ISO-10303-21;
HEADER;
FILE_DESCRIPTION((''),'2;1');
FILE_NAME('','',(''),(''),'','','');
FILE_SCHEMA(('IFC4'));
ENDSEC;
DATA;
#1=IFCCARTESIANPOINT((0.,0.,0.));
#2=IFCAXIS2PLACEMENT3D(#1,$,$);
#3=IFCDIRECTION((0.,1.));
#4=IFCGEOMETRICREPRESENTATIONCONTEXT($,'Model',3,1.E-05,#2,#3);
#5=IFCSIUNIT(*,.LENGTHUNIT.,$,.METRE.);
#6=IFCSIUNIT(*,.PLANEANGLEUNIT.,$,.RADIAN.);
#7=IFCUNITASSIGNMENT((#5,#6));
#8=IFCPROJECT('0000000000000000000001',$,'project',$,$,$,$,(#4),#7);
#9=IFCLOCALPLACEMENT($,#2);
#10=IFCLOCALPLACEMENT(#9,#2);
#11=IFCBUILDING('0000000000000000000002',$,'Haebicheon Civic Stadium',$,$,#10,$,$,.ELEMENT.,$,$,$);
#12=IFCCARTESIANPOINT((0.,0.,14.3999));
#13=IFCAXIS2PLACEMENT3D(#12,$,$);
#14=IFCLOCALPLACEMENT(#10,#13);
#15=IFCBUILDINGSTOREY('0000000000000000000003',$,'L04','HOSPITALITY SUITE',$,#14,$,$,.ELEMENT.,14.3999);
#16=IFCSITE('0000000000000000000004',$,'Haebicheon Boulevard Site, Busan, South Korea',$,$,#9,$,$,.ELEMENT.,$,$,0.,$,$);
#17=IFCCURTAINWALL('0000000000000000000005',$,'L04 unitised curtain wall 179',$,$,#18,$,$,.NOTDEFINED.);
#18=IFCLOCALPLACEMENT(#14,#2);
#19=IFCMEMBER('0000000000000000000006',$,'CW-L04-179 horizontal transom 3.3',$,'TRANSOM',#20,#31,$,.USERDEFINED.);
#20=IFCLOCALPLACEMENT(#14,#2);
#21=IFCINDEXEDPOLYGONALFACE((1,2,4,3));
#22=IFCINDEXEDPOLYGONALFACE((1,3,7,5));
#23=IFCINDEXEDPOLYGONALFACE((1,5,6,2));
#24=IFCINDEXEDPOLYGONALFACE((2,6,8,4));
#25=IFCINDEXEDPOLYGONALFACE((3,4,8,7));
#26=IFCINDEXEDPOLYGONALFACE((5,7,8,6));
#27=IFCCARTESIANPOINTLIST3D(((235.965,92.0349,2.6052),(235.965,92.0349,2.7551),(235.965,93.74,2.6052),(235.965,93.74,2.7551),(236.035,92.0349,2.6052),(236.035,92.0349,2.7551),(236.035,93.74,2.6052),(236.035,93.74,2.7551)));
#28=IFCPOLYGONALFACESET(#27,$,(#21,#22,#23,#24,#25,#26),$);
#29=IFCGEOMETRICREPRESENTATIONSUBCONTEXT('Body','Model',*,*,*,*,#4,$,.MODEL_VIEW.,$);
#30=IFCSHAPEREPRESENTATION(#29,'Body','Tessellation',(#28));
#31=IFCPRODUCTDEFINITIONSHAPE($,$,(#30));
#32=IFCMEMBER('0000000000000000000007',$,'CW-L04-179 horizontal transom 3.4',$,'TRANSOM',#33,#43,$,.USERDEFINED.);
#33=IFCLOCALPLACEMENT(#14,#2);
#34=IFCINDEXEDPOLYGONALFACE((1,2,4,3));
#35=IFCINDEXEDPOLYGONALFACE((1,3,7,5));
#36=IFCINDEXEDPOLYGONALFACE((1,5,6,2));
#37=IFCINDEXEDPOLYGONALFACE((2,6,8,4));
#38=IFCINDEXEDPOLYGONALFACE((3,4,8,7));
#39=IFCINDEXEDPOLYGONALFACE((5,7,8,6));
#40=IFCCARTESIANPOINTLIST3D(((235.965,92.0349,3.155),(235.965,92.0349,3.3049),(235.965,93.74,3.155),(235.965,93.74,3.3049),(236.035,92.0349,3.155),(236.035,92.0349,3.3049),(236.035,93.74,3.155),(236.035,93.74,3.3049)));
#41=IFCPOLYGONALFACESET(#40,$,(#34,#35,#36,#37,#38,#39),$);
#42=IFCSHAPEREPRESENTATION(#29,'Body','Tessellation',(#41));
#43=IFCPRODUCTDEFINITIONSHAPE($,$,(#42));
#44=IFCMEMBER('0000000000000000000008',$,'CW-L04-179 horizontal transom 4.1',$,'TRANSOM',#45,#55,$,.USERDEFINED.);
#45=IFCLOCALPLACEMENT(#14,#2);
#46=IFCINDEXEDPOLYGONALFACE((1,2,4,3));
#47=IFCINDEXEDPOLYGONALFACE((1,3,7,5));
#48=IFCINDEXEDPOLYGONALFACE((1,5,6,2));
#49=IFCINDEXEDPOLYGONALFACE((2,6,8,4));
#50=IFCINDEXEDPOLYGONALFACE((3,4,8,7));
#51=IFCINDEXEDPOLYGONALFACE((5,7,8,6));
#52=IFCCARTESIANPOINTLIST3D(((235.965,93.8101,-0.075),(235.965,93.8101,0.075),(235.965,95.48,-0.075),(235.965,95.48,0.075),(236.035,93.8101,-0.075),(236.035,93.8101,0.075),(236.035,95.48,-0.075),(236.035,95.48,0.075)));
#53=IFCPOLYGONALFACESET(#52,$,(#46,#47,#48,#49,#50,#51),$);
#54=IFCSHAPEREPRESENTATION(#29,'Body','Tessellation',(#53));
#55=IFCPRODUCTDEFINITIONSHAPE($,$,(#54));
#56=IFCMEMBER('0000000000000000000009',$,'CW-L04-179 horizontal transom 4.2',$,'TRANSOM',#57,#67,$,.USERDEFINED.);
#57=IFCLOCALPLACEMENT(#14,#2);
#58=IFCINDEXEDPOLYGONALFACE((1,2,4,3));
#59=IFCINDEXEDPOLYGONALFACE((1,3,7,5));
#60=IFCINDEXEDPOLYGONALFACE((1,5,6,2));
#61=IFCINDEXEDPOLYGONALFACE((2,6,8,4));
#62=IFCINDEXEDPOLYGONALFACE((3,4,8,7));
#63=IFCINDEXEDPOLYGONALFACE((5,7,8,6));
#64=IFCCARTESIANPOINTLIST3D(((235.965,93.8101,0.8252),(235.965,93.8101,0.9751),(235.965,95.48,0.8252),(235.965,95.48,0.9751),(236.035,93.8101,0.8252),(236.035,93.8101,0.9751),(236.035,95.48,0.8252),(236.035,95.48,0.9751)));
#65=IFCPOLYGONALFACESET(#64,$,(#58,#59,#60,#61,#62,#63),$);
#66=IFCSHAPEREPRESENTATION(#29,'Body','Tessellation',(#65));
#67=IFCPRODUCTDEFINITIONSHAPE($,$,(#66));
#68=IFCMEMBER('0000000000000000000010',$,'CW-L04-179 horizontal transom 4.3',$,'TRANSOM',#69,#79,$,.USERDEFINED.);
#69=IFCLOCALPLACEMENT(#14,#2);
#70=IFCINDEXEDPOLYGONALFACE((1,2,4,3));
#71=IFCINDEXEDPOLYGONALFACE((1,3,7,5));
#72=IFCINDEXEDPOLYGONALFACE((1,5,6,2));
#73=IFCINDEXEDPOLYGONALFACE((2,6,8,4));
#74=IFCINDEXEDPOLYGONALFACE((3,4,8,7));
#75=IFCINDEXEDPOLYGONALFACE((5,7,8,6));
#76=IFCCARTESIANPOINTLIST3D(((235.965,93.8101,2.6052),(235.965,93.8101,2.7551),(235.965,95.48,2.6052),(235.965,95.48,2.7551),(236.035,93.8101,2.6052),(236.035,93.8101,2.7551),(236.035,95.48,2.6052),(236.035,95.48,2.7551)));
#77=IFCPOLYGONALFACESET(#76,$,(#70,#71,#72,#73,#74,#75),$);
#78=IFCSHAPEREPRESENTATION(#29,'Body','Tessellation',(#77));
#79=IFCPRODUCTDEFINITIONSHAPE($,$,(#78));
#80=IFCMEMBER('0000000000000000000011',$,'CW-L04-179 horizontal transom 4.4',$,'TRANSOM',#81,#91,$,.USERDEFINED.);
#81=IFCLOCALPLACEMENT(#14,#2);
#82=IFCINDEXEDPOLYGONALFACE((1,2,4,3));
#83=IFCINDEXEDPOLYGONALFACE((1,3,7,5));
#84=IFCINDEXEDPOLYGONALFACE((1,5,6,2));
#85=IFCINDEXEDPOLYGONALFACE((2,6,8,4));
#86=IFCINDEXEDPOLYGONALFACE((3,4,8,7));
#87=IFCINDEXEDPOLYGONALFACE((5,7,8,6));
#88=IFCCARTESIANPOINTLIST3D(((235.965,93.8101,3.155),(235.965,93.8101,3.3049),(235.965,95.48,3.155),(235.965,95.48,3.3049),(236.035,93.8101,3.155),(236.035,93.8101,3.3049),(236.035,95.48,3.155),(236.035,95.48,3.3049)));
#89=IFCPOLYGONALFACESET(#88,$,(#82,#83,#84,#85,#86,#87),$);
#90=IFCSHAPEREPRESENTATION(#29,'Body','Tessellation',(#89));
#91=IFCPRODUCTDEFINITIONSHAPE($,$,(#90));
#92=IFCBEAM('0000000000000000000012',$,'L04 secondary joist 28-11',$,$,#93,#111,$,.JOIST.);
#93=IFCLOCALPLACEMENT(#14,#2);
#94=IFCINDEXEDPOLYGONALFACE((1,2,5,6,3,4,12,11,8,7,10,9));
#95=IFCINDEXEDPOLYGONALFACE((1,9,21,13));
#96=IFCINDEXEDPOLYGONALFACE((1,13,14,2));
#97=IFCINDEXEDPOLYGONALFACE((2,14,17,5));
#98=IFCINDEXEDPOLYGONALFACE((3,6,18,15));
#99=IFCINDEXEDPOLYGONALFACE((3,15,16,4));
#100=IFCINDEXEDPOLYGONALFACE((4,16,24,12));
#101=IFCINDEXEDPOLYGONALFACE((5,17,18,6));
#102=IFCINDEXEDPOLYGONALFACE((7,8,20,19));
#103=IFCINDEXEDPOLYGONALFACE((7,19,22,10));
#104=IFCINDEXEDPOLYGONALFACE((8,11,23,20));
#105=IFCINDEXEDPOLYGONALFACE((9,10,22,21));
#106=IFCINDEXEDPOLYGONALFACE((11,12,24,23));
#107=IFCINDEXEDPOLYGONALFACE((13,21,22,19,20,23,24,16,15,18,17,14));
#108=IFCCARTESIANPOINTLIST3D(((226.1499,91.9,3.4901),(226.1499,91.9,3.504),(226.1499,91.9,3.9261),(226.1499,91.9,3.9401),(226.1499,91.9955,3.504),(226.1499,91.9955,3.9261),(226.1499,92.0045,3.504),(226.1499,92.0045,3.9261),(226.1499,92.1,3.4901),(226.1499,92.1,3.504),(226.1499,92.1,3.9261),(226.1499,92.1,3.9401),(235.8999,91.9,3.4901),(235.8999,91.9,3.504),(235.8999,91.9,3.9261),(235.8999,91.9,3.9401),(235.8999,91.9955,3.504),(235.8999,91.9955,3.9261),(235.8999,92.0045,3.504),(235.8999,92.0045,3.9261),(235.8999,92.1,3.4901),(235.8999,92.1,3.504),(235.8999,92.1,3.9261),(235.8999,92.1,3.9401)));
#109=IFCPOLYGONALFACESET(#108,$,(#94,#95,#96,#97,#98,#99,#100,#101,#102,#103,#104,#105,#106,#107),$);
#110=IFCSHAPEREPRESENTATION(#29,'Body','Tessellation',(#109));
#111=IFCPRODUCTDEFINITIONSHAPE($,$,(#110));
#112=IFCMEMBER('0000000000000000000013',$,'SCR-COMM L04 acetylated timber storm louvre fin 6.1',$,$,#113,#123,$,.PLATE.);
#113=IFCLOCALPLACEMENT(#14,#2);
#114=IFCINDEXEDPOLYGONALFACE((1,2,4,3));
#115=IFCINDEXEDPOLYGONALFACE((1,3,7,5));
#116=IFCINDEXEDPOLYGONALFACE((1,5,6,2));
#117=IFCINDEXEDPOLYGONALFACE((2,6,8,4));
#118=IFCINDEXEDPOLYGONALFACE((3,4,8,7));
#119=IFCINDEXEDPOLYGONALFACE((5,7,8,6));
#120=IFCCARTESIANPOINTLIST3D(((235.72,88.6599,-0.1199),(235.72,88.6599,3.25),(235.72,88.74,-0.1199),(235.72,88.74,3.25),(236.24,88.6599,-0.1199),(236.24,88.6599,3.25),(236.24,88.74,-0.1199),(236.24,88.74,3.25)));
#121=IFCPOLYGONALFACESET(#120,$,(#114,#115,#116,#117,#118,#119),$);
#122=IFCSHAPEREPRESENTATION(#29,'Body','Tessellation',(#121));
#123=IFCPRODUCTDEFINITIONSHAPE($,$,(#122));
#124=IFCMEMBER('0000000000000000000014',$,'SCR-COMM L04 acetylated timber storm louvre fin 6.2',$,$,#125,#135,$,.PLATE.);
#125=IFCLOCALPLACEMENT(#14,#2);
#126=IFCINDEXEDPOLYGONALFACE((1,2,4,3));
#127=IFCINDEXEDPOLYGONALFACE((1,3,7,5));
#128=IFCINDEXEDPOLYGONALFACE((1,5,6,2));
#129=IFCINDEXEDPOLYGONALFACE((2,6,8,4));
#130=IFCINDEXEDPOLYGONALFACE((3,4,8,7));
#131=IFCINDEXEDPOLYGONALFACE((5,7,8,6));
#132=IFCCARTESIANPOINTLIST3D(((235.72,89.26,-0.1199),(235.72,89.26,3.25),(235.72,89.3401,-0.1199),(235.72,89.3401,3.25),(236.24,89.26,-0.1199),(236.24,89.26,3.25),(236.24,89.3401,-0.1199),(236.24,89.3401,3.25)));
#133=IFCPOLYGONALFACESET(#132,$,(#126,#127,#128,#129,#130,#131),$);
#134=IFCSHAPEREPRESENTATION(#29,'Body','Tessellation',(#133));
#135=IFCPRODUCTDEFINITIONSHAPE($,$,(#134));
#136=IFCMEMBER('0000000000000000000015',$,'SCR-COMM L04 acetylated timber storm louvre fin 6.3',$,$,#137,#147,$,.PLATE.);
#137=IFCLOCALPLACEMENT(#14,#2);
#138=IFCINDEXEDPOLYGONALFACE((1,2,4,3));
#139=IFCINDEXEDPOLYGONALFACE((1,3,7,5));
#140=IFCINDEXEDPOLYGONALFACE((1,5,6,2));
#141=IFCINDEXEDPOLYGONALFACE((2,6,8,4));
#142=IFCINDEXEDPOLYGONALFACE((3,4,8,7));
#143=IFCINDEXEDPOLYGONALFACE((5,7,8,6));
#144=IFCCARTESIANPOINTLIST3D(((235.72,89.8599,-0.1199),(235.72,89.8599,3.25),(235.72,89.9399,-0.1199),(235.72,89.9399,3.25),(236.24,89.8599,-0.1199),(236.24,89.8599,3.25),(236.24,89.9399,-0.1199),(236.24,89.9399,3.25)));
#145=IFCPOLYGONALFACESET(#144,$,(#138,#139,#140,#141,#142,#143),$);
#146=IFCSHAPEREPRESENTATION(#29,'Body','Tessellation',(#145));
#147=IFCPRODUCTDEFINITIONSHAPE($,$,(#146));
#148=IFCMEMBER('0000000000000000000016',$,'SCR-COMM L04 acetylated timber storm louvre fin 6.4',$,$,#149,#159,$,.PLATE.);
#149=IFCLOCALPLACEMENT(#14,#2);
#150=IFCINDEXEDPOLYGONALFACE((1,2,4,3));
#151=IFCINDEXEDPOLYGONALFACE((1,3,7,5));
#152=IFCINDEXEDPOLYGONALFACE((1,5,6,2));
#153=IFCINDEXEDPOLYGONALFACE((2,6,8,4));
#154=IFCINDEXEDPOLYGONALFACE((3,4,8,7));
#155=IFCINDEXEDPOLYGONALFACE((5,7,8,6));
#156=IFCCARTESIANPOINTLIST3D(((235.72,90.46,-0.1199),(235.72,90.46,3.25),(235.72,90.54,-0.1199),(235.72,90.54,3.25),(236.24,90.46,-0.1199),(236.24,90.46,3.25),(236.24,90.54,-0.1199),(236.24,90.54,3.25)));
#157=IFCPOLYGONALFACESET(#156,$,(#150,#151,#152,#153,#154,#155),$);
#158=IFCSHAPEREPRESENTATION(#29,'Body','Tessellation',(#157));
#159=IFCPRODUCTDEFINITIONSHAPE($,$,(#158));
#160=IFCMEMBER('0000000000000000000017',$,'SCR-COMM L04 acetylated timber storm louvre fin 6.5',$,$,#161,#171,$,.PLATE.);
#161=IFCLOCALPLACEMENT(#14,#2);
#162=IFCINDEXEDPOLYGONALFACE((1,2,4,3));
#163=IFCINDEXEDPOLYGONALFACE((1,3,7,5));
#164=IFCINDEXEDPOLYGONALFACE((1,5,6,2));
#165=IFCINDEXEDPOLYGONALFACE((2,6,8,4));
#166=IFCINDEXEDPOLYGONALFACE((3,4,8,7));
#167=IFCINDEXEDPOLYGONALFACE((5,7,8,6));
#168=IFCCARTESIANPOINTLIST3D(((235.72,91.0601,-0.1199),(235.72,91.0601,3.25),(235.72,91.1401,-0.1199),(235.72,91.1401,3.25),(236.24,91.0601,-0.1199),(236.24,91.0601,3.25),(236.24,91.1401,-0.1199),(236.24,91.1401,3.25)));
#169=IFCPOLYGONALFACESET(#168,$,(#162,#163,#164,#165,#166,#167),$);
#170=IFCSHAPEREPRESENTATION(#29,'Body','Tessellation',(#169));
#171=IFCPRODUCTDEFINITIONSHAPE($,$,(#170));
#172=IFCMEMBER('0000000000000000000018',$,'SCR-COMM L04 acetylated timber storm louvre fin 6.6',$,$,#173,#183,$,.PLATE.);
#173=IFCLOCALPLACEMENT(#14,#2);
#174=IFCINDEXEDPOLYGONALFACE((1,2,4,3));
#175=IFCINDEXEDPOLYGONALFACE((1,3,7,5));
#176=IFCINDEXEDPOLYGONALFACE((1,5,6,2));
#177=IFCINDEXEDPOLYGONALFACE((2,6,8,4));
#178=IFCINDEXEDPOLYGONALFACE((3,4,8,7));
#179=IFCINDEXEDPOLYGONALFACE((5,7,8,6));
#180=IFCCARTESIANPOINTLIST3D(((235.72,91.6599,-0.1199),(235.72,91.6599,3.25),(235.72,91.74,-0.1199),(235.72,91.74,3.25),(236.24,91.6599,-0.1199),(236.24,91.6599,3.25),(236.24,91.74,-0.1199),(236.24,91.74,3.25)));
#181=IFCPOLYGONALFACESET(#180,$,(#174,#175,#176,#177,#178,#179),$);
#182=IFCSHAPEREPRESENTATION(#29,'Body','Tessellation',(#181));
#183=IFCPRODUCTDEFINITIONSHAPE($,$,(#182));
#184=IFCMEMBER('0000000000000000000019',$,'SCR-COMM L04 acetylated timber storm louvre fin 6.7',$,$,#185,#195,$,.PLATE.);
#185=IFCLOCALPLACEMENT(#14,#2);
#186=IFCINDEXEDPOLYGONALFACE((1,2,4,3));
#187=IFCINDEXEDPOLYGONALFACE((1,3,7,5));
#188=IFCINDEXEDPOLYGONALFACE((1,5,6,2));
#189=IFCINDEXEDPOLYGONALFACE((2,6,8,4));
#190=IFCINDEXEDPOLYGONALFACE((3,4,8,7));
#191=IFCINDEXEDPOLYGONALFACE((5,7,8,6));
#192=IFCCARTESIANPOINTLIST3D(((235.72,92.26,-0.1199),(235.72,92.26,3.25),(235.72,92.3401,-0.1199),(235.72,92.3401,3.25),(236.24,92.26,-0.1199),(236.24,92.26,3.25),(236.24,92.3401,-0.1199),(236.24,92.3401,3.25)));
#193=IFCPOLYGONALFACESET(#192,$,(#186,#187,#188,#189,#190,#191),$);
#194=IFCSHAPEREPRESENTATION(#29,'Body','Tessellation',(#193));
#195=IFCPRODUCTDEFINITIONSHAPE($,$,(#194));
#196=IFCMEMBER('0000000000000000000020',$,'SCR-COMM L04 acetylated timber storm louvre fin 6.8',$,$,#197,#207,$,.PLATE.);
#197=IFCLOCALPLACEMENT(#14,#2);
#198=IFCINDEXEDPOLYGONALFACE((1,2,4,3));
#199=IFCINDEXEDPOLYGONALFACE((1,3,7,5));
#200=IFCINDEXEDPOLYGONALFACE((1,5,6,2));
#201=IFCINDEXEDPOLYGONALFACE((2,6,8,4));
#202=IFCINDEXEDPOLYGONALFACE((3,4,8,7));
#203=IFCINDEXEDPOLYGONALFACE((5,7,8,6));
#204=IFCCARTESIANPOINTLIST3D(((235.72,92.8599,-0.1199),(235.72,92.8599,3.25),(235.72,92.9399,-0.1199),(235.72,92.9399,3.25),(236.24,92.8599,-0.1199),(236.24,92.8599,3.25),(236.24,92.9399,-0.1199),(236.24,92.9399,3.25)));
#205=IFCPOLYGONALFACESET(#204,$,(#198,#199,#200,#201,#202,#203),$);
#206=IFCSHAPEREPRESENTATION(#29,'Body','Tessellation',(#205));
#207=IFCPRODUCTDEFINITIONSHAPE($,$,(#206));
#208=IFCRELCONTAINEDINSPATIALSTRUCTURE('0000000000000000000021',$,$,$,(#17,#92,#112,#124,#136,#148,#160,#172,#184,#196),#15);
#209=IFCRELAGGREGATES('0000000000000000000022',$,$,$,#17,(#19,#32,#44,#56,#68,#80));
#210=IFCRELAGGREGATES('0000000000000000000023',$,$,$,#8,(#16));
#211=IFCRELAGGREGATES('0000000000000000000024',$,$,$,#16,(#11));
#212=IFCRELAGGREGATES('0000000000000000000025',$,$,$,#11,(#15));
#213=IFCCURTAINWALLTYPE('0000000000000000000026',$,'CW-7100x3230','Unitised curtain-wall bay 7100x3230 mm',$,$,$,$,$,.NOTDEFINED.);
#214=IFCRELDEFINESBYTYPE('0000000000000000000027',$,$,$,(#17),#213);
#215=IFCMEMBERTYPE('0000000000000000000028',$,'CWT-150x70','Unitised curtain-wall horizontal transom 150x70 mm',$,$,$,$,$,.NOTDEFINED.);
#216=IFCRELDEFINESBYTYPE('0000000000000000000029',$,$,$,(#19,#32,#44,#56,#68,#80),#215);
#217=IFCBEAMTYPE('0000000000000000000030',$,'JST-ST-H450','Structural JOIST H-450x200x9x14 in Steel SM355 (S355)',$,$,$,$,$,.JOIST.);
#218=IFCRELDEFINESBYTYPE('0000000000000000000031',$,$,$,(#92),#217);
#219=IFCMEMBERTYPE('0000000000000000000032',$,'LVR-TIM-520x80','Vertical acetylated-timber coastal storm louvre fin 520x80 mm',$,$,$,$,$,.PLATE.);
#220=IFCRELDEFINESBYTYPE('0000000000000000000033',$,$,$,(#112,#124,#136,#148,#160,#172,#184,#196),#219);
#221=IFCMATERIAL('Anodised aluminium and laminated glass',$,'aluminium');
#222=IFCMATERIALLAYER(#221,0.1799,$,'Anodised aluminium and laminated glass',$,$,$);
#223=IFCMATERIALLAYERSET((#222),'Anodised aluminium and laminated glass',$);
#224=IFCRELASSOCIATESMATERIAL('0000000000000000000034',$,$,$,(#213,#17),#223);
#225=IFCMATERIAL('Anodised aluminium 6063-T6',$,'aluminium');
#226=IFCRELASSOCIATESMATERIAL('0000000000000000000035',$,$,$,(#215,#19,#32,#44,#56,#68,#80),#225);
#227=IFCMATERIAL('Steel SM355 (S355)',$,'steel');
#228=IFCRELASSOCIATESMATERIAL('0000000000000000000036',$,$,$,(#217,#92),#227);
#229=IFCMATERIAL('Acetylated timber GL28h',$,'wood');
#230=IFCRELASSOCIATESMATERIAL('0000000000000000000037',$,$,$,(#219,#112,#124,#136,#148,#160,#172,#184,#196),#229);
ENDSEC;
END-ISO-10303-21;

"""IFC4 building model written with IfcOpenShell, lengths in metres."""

from ifc_helpers import new_model, si_unit, direction, frame, origin, origin_2d, place, context, subcontext, project, spatial, rectangle, i_section, extrude, material, layer, layer_set, material_profile, profile_set, type_object, element, aggregate, save


model = new_model("IFC4")

# Units and contexts
model_context = context("Model", 3, precision=1e-05, world=origin(), true_north=direction((0.0, 1.0)))
body_context = subcontext(model_context, "Body", "Model", "MODEL_VIEW")
ifc_project = project(units=[si_unit("LENGTHUNIT", "METRE"), si_unit("PLANEANGLEUNIT", "RADIAN")], contexts=[model_context])

# Site, building, storey
site_placement = place(None, origin())
site = spatial("IfcSite", under=ifc_project, at=site_placement, Name="Haebicheon Boulevard Site, Busan, South Korea", CompositionType="ELEMENT", RefElevation=0.0)
building_placement = place(site_placement, origin())
building = spatial("IfcBuilding", under=site, at=building_placement, Name="Haebicheon Civic Stadium", CompositionType="ELEMENT")
storey_placement = place(building_placement, frame((0.0, 0.0, 14.3999)))
storey = spatial("IfcBuildingStorey", under=building, at=storey_placement, Name="L04", Description="HOSPITALITY SUITE", CompositionType="ELEMENT", Elevation=14.3999)

# Curtain wall, members
ifc_material_1 = material(Name="Anodised aluminium and laminated glass", Category="aluminium")
ifc_layer_1 = layer(ifc_material_1, 0.1799, Name="Anodised aluminium and laminated glass")
ifc_layer_set_1 = layer_set([ifc_layer_1], Name="Anodised aluminium and laminated glass")
curtain_wall_type = type_object("IfcCurtainWallType", Name="CW-7100x3230", Description="Unitised curtain-wall bay 7100x3230 mm", PredefinedType="NOTDEFINED", material=ifc_layer_set_1)
curtain_wall_placement = place(storey_placement, origin())
curtain_wall = element("IfcCurtainWall", 1, at=curtain_wall_placement, inside=storey, type_object=curtain_wall_type, material=ifc_layer_set_1, Name="L04 unitised curtain wall 179", PredefinedType="NOTDEFINED")
ifc_material_2 = material(Name="Anodised aluminium 6063-T6", Category="aluminium")
ifc_material_profile_1 = material_profile(ifc_material_2, rectangle(XDim=0.0701, YDim=0.1499, at=origin_2d()), Name="ALU-TRAN-70x150")
ifc_profile_set_1 = profile_set([ifc_material_profile_1], Name="Anodised aluminium 6063-T6")
member_type_1 = type_object("IfcMemberType", Name="CWT-150x70", Description="Unitised curtain-wall horizontal transom 150x70 mm", PredefinedType="NOTDEFINED", material=ifc_profile_set_1)
member_1_placement = place(storey_placement, frame((236.0, 92.0349, 2.6802), z_axis=(0.0, 1.0, 0.0), x_axis=(-1.0, 0.0, 0.0)))
member_1 = element("IfcMember", 2, at=member_1_placement, type_object=member_type_1, material=ifc_profile_set_1, Name="CW-L04-179 horizontal transom 3.3", ObjectType="TRANSOM", PredefinedType="USERDEFINED", context=body_context, shape_type="SweptSolid", body=[
    extrude(rectangle(XDim=0.0701, YDim=0.1499, at=origin_2d()), origin(), (0.0, 0.0, 1.0), 1.7051),
])
member_2_placement = place(storey_placement, frame((236.0, 92.0349, 3.23), z_axis=(0.0, 1.0, 0.0), x_axis=(-1.0, 0.0, 0.0)))
member_2 = element("IfcMember", 3, at=member_2_placement, type_object=member_type_1, material=ifc_profile_set_1, Name="CW-L04-179 horizontal transom 3.4", ObjectType="TRANSOM", PredefinedType="USERDEFINED", context=body_context, shape_type="SweptSolid", body=[
    extrude(rectangle(XDim=0.0701, YDim=0.1499, at=origin_2d()), origin(), (0.0, 0.0, 1.0), 1.7051),
])
member_3_placement = place(storey_placement, frame((236.0, 93.8101, 0.0), z_axis=(0.0, 1.0, 0.0), x_axis=(-1.0, 0.0, 0.0)))
member_3 = element("IfcMember", 4, at=member_3_placement, type_object=member_type_1, material=ifc_profile_set_1, Name="CW-L04-179 horizontal transom 4.1", ObjectType="TRANSOM", PredefinedType="USERDEFINED", context=body_context, shape_type="SweptSolid", body=[
    extrude(rectangle(XDim=0.0701, YDim=0.1499, at=origin_2d()), origin(), (0.0, 0.0, 1.0), 1.6699),
])
member_4_placement = place(storey_placement, frame((236.0, 93.8101, 0.9001), z_axis=(0.0, 1.0, 0.0), x_axis=(-1.0, 0.0, 0.0)))
member_4 = element("IfcMember", 5, at=member_4_placement, type_object=member_type_1, material=ifc_profile_set_1, Name="CW-L04-179 horizontal transom 4.2", ObjectType="TRANSOM", PredefinedType="USERDEFINED", context=body_context, shape_type="SweptSolid", body=[
    extrude(rectangle(XDim=0.0701, YDim=0.1499, at=origin_2d()), origin(), (0.0, 0.0, 1.0), 1.6699),
])
member_5_placement = place(storey_placement, frame((236.0, 93.8101, 2.6802), z_axis=(0.0, 1.0, 0.0), x_axis=(-1.0, 0.0, 0.0)))
member_5 = element("IfcMember", 6, at=member_5_placement, type_object=member_type_1, material=ifc_profile_set_1, Name="CW-L04-179 horizontal transom 4.3", ObjectType="TRANSOM", PredefinedType="USERDEFINED", context=body_context, shape_type="SweptSolid", body=[
    extrude(rectangle(XDim=0.0701, YDim=0.1499, at=origin_2d()), origin(), (0.0, 0.0, 1.0), 1.6699),
])
member_6_placement = place(storey_placement, frame((236.0, 93.8101, 3.23), z_axis=(0.0, 1.0, 0.0), x_axis=(-1.0, 0.0, 0.0)))
member_6 = element("IfcMember", 7, at=member_6_placement, type_object=member_type_1, material=ifc_profile_set_1, Name="CW-L04-179 horizontal transom 4.4", ObjectType="TRANSOM", PredefinedType="USERDEFINED", context=body_context, shape_type="SweptSolid", body=[
    extrude(rectangle(XDim=0.0701, YDim=0.1499, at=origin_2d()), origin(), (0.0, 0.0, 1.0), 1.6699),
])

# Beam
ifc_material_3 = material(Name="Steel SM355 (S355)", Category="steel")
ifc_material_profile_2 = material_profile(ifc_material_3, i_section(OverallWidth=0.2, OverallDepth=0.45, WebThickness=0.009, FlangeThickness=0.0139, at=origin_2d()), Name="H-450x200x9x14")
ifc_profile_set_2 = profile_set([ifc_material_profile_2], Name="Steel SM355 (S355)")
beam_type = type_object("IfcBeamType", Name="JST-ST-H450", Description="Structural JOIST H-450x200x9x14 in Steel SM355 (S355)", PredefinedType="JOIST", material=ifc_profile_set_2)
beam_placement = place(storey_placement, frame((226.1499, 92.0, 3.7151), z_axis=(1.0, 0.0, 0.0), x_axis=(0.0, 1.0, 0.0)))
element("IfcBeam", 8, at=beam_placement, inside=storey, type_object=beam_type, material=ifc_profile_set_2, Name="L04 secondary joist 28-11", PredefinedType="JOIST", context=body_context, shape_type="SweptSolid", body=[
    extrude(i_section(OverallWidth=0.2, OverallDepth=0.45, WebThickness=0.009, FlangeThickness=0.0139, at=origin_2d()), origin(), (0.0, 0.0, 1.0), 9.75),
])

# Members
ifc_material_4 = material(Name="Acetylated timber GL28h", Category="wood")
ifc_material_profile_3 = material_profile(ifc_material_4, rectangle(XDim=0.0801, YDim=0.52, at=origin_2d()), Name="TMB-LOUV-80x520")
ifc_profile_set_3 = profile_set([ifc_material_profile_3], Name="Acetylated timber GL28h")
member_type_2 = type_object("IfcMemberType", Name="LVR-TIM-520x80", Description="Vertical acetylated-timber coastal storm louvre fin 520x80 mm", PredefinedType="PLATE", material=ifc_profile_set_3)
for number, where, z_axis, x_axis, name in (
    (9, (235.98, 88.7, -0.1199), (0.0, 0.0, 1.0), (0.0, 1.0, 0.0), "SCR-COMM L04 acetylated timber storm louvre fin 6.1"),
    (10, (235.98, 89.3, -0.1199), (0.0, 0.0, 1.0), (0.0, 1.0, 0.0), "SCR-COMM L04 acetylated timber storm louvre fin 6.2"),
    (11, (235.98, 89.8999, -0.1199), (0.0, 0.0, 1.0), (0.0, 1.0, 0.0), "SCR-COMM L04 acetylated timber storm louvre fin 6.3"),
    (12, (235.98, 90.5, -0.1199), (0.0, 0.0, 1.0), (0.0, 1.0, 0.0), "SCR-COMM L04 acetylated timber storm louvre fin 6.4"),
    (13, (235.98, 91.1001, -0.1199), (0.0, 0.0, 1.0), (0.0, 1.0, 0.0), "SCR-COMM L04 acetylated timber storm louvre fin 6.5"),
    (14, (235.98, 91.7, -0.1199), (0.0, 0.0, 1.0), (0.0, 1.0, 0.0), "SCR-COMM L04 acetylated timber storm louvre fin 6.6"),
    (15, (235.98, 92.3, -0.1199), (0.0, 0.0, 1.0), (0.0, 1.0, 0.0), "SCR-COMM L04 acetylated timber storm louvre fin 6.7"),
    (16, (235.98, 92.8999, -0.1199), (0.0, 0.0, 1.0), (0.0, 1.0, 0.0), "SCR-COMM L04 acetylated timber storm louvre fin 6.8"),
):
    element("IfcMember", number, at=place(storey_placement, frame(where, z_axis=z_axis, x_axis=x_axis)), inside=storey, type_object=member_type_2, material=ifc_profile_set_3, Name=name, PredefinedType="PLATE", context=body_context, shape_type="SweptSolid", body=[
        extrude(rectangle(XDim=0.0801, YDim=0.52, at=origin_2d()), origin(), (0.0, 0.0, 1.0), 3.3699),
    ])

aggregate(curtain_wall, [member_1, member_2, member_3, member_4, member_5, member_6])

save(model, "model.ifc")
